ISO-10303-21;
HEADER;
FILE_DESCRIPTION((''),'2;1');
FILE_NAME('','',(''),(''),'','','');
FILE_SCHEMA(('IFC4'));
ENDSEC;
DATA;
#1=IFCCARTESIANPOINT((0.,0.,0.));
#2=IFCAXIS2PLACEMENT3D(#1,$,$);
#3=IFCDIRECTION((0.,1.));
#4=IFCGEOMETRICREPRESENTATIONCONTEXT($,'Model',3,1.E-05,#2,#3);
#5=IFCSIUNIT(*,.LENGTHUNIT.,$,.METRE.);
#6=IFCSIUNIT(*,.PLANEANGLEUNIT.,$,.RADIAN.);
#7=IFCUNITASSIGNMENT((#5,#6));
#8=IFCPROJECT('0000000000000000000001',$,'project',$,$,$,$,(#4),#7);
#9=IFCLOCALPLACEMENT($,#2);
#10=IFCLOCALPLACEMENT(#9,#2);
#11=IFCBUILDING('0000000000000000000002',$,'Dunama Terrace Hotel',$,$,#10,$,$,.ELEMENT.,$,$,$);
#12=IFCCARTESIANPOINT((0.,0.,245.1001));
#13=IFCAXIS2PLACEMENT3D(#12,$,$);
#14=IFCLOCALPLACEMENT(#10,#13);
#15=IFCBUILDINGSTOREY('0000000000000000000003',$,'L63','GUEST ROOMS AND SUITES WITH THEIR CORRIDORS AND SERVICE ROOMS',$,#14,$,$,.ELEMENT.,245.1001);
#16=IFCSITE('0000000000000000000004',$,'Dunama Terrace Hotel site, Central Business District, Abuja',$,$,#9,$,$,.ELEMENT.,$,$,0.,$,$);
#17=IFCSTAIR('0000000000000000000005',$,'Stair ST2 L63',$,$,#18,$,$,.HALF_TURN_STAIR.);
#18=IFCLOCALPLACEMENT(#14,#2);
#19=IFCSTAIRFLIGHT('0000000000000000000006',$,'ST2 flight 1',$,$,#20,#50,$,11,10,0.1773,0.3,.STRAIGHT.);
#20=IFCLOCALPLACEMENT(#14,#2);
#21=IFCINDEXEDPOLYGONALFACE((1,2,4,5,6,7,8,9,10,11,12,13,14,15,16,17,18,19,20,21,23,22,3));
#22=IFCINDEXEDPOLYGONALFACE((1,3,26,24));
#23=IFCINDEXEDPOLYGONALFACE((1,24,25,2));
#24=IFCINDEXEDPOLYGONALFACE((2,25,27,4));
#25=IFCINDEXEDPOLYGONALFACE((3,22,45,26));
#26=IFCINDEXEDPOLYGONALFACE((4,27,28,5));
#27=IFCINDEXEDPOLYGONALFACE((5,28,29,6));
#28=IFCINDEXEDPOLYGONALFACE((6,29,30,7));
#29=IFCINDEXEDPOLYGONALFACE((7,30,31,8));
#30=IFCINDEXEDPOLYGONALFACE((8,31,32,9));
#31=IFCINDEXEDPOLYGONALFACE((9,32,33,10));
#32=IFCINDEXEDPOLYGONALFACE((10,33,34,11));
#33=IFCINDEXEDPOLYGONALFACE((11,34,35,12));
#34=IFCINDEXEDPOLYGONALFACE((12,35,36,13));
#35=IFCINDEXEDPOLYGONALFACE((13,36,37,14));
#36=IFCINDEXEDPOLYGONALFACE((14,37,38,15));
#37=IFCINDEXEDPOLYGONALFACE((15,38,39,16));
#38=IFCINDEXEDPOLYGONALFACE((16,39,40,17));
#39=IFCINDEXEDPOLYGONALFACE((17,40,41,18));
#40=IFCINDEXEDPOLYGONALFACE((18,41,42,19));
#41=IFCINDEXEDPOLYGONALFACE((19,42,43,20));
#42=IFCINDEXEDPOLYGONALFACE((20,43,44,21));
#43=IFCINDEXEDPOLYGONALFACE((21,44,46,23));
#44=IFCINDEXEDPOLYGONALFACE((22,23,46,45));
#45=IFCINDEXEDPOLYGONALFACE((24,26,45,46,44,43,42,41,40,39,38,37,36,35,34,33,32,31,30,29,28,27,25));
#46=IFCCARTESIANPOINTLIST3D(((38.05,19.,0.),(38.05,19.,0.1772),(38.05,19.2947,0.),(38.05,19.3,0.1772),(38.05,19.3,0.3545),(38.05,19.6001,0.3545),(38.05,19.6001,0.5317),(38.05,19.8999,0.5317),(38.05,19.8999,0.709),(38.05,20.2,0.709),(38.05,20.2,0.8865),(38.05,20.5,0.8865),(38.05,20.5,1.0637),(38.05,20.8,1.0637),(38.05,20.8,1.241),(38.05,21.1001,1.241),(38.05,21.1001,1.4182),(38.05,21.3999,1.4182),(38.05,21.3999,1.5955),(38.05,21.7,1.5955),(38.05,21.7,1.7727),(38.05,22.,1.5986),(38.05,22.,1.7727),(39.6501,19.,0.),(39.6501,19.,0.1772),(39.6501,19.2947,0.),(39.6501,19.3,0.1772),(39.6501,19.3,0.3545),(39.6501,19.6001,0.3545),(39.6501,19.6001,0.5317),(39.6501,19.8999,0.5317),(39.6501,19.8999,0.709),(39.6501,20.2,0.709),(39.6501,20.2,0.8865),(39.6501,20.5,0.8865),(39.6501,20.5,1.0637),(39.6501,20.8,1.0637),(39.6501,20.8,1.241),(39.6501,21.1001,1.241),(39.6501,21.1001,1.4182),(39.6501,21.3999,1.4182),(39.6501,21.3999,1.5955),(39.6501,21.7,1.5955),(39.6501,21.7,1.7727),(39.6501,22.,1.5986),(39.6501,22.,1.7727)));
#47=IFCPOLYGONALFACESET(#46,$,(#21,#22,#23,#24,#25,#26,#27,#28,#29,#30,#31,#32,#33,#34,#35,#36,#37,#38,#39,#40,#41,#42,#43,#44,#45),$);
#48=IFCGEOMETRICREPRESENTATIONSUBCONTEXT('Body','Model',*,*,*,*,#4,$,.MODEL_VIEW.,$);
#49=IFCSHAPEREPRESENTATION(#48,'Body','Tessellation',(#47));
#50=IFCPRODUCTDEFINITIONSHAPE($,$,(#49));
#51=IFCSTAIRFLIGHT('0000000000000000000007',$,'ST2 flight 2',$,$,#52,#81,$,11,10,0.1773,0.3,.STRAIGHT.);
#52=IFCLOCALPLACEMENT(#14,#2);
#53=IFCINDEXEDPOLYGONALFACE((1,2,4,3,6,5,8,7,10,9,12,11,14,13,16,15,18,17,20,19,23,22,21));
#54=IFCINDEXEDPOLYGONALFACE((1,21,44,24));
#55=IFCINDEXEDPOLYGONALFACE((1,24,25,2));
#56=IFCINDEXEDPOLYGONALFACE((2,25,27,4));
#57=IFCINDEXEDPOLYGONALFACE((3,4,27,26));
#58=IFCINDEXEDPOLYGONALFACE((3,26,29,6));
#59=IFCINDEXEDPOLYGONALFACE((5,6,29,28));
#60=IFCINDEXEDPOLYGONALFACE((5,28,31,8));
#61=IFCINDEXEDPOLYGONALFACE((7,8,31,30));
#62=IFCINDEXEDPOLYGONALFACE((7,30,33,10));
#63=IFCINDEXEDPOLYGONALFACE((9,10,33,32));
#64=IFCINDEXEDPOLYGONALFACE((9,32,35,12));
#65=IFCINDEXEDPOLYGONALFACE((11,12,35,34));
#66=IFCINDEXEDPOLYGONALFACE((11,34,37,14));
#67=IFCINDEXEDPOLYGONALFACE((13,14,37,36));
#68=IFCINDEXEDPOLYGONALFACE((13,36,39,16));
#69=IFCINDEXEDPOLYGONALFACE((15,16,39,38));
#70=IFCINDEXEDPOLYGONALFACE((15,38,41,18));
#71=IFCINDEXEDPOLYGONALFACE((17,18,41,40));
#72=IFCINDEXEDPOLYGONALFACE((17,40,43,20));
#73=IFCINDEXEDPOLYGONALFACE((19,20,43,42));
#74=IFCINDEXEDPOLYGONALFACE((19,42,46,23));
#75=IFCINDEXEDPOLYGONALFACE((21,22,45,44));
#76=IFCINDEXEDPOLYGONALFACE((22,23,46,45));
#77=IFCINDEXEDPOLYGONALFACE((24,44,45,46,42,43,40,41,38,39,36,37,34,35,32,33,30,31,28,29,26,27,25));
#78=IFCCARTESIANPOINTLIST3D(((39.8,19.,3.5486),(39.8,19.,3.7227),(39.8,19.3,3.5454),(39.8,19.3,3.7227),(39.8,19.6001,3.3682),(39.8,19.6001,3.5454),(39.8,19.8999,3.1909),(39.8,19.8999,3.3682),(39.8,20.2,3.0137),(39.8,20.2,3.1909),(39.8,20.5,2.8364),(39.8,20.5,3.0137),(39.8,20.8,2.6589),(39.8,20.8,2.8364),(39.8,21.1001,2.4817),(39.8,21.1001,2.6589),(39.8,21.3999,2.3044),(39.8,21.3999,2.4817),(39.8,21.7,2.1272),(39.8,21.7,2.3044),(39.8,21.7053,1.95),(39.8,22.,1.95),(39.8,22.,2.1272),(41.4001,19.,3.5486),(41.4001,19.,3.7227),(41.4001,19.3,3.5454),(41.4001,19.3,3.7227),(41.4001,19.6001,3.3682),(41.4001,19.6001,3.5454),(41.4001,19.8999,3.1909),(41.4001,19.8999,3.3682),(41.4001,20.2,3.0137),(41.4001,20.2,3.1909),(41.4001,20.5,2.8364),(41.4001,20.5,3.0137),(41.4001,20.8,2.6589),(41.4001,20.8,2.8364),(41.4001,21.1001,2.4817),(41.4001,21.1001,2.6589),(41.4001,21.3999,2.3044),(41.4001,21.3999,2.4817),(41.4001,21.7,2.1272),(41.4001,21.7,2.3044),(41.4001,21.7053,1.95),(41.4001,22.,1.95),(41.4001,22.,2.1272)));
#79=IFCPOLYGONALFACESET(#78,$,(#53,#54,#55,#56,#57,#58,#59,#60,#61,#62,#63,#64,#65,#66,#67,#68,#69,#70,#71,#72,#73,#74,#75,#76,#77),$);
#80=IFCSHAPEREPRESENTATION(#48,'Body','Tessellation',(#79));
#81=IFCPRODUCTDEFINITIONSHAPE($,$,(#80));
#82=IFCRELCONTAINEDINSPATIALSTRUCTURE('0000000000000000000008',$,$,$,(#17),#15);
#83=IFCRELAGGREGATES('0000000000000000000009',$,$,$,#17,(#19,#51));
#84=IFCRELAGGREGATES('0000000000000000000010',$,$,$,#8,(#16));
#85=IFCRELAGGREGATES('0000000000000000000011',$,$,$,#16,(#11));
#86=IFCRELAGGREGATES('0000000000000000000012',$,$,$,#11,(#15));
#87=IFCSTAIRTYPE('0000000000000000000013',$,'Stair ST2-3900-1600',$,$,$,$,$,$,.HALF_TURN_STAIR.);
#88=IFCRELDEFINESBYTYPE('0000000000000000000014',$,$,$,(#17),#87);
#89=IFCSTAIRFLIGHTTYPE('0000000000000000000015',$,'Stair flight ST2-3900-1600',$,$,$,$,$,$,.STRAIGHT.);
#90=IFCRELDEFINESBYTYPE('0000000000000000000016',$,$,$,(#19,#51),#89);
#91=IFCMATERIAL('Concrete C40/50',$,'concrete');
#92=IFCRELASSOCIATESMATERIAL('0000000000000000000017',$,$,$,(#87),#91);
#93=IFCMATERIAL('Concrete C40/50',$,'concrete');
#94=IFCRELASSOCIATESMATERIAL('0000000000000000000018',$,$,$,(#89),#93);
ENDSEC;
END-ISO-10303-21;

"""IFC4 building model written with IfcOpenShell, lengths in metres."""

from ifc_helpers import new_model, si_unit, direction, frame, origin, place, context, subcontext, project, spatial, polyline, outline, extrude, material, type_object, element, aggregate, save


model = new_model("IFC4")

# Units and contexts
model_context = context("Model", 3, precision=1e-05, world=origin(), true_north=direction((0.0, 1.0)))
body_context = subcontext(model_context, "Body", "Model", "MODEL_VIEW")
ifc_project = project(units=[si_unit("LENGTHUNIT", "METRE"), si_unit("PLANEANGLEUNIT", "RADIAN")], contexts=[model_context])

# Site, building, storey
site_placement = place(None, origin())
site = spatial("IfcSite", under=ifc_project, at=site_placement, Name="Dunama Terrace Hotel site, Central Business District, Abuja", CompositionType="ELEMENT", RefElevation=0.0)
building_placement = place(site_placement, origin())
building = spatial("IfcBuilding", under=site, at=building_placement, Name="Dunama Terrace Hotel", CompositionType="ELEMENT")
storey_placement = place(building_placement, frame((0.0, 0.0, 245.1001)))
storey = spatial("IfcBuildingStorey", under=building, at=storey_placement, Name="L63", Description="GUEST ROOMS AND SUITES WITH THEIR CORRIDORS AND SERVICE ROOMS", CompositionType="ELEMENT", Elevation=245.1001)

# Stair, stair flights
ifc_material_1 = material(Name="Concrete C40/50", Category="concrete")
stair_type = type_object("IfcStairType", Name="Stair ST2-3900-1600", PredefinedType="HALF_TURN_STAIR", material=ifc_material_1)
stair_placement = place(storey_placement, origin())
stair = element("IfcStair", 1, at=stair_placement, inside=storey, type_object=stair_type, Name="Stair ST2 L63", PredefinedType="HALF_TURN_STAIR")
ifc_material_2 = material(Name="Concrete C40/50", Category="concrete")
stair_flight_type = type_object("IfcStairFlightType", Name="Stair flight ST2-3900-1600", PredefinedType="STRAIGHT", material=ifc_material_2)
stair_flight_1_placement = place(storey_placement, frame((38.8501, 19.0, 0.0), z_axis=(0.0, 0.0, 1.0), x_axis=(0.0, 1.0, 0.0)))
stair_flight_1 = element("IfcStairFlight", 2, at=stair_flight_1_placement, type_object=stair_flight_type, Name="ST2 flight 1", NumberOfRisers=11, NumberOfTreads=10, PredefinedType="STRAIGHT", RiserHeight=0.1773, TreadLength=0.3, context=body_context, shape_type="SweptSolid", body=[
    extrude(outline(polyline([(0.0, 0.0), (0.0, 0.1772), (0.3, 0.1772), (0.3, 0.3545), (0.6001, 0.3545), (0.6001, 0.5317), (0.8999, 0.5317), (0.8999, 0.709), (1.2, 0.709), (1.2, 0.8865), (1.5, 0.8865), (1.5, 1.0637), (1.8, 1.0637), (1.8, 1.241), (2.1001, 1.241), (2.1001, 1.4182), (2.3999, 1.4182), (2.3999, 1.5955), (2.7, 1.5955), (2.7, 1.7727), (3.0, 1.7727), (3.0, 1.95), (3.0, 1.5986), (0.2947, 0.0), (0.0, 0.0)])), frame((0.0, 0.8, 0.0), z_axis=(0.0, -1.0, 0.0), x_axis=(1.0, 0.0, 0.0)), (0.0, 0.0, 1.0), 1.6001),
])
stair_flight_2_placement = place(storey_placement, frame((40.6001, 22.0, 1.95), z_axis=(0.0, 0.0, 1.0), x_axis=(0.0, -1.0, 0.0)))
stair_flight_2 = element("IfcStairFlight", 3, at=stair_flight_2_placement, type_object=stair_flight_type, Name="ST2 flight 2", NumberOfRisers=11, NumberOfTreads=10, PredefinedType="STRAIGHT", RiserHeight=0.1773, TreadLength=0.3, context=body_context, shape_type="SweptSolid", body=[
    extrude(outline(polyline([(0.0, 0.0), (0.0, 0.1772), (0.3, 0.1772), (0.3, 0.3545), (0.6001, 0.3545), (0.6001, 0.5317), (0.8999, 0.5317), (0.8999, 0.709), (1.2, 0.709), (1.2, 0.8865), (1.5, 0.8865), (1.5, 1.0637), (1.8, 1.0637), (1.8, 1.241), (2.1001, 1.241), (2.1001, 1.4182), (2.3999, 1.4182), (2.3999, 1.5955), (2.7, 1.5955), (2.7, 1.7727), (3.0, 1.7727), (3.0, 1.95), (3.0, 1.5986), (0.2947, 0.0), (0.0, 0.0)])), frame((0.0, 0.8, 0.0), z_axis=(0.0, -1.0, 0.0), x_axis=(1.0, 0.0, 0.0)), (0.0, 0.0, 1.0), 1.6001),
])
aggregate(stair, [stair_flight_1, stair_flight_2])

save(model, "model.ifc")
